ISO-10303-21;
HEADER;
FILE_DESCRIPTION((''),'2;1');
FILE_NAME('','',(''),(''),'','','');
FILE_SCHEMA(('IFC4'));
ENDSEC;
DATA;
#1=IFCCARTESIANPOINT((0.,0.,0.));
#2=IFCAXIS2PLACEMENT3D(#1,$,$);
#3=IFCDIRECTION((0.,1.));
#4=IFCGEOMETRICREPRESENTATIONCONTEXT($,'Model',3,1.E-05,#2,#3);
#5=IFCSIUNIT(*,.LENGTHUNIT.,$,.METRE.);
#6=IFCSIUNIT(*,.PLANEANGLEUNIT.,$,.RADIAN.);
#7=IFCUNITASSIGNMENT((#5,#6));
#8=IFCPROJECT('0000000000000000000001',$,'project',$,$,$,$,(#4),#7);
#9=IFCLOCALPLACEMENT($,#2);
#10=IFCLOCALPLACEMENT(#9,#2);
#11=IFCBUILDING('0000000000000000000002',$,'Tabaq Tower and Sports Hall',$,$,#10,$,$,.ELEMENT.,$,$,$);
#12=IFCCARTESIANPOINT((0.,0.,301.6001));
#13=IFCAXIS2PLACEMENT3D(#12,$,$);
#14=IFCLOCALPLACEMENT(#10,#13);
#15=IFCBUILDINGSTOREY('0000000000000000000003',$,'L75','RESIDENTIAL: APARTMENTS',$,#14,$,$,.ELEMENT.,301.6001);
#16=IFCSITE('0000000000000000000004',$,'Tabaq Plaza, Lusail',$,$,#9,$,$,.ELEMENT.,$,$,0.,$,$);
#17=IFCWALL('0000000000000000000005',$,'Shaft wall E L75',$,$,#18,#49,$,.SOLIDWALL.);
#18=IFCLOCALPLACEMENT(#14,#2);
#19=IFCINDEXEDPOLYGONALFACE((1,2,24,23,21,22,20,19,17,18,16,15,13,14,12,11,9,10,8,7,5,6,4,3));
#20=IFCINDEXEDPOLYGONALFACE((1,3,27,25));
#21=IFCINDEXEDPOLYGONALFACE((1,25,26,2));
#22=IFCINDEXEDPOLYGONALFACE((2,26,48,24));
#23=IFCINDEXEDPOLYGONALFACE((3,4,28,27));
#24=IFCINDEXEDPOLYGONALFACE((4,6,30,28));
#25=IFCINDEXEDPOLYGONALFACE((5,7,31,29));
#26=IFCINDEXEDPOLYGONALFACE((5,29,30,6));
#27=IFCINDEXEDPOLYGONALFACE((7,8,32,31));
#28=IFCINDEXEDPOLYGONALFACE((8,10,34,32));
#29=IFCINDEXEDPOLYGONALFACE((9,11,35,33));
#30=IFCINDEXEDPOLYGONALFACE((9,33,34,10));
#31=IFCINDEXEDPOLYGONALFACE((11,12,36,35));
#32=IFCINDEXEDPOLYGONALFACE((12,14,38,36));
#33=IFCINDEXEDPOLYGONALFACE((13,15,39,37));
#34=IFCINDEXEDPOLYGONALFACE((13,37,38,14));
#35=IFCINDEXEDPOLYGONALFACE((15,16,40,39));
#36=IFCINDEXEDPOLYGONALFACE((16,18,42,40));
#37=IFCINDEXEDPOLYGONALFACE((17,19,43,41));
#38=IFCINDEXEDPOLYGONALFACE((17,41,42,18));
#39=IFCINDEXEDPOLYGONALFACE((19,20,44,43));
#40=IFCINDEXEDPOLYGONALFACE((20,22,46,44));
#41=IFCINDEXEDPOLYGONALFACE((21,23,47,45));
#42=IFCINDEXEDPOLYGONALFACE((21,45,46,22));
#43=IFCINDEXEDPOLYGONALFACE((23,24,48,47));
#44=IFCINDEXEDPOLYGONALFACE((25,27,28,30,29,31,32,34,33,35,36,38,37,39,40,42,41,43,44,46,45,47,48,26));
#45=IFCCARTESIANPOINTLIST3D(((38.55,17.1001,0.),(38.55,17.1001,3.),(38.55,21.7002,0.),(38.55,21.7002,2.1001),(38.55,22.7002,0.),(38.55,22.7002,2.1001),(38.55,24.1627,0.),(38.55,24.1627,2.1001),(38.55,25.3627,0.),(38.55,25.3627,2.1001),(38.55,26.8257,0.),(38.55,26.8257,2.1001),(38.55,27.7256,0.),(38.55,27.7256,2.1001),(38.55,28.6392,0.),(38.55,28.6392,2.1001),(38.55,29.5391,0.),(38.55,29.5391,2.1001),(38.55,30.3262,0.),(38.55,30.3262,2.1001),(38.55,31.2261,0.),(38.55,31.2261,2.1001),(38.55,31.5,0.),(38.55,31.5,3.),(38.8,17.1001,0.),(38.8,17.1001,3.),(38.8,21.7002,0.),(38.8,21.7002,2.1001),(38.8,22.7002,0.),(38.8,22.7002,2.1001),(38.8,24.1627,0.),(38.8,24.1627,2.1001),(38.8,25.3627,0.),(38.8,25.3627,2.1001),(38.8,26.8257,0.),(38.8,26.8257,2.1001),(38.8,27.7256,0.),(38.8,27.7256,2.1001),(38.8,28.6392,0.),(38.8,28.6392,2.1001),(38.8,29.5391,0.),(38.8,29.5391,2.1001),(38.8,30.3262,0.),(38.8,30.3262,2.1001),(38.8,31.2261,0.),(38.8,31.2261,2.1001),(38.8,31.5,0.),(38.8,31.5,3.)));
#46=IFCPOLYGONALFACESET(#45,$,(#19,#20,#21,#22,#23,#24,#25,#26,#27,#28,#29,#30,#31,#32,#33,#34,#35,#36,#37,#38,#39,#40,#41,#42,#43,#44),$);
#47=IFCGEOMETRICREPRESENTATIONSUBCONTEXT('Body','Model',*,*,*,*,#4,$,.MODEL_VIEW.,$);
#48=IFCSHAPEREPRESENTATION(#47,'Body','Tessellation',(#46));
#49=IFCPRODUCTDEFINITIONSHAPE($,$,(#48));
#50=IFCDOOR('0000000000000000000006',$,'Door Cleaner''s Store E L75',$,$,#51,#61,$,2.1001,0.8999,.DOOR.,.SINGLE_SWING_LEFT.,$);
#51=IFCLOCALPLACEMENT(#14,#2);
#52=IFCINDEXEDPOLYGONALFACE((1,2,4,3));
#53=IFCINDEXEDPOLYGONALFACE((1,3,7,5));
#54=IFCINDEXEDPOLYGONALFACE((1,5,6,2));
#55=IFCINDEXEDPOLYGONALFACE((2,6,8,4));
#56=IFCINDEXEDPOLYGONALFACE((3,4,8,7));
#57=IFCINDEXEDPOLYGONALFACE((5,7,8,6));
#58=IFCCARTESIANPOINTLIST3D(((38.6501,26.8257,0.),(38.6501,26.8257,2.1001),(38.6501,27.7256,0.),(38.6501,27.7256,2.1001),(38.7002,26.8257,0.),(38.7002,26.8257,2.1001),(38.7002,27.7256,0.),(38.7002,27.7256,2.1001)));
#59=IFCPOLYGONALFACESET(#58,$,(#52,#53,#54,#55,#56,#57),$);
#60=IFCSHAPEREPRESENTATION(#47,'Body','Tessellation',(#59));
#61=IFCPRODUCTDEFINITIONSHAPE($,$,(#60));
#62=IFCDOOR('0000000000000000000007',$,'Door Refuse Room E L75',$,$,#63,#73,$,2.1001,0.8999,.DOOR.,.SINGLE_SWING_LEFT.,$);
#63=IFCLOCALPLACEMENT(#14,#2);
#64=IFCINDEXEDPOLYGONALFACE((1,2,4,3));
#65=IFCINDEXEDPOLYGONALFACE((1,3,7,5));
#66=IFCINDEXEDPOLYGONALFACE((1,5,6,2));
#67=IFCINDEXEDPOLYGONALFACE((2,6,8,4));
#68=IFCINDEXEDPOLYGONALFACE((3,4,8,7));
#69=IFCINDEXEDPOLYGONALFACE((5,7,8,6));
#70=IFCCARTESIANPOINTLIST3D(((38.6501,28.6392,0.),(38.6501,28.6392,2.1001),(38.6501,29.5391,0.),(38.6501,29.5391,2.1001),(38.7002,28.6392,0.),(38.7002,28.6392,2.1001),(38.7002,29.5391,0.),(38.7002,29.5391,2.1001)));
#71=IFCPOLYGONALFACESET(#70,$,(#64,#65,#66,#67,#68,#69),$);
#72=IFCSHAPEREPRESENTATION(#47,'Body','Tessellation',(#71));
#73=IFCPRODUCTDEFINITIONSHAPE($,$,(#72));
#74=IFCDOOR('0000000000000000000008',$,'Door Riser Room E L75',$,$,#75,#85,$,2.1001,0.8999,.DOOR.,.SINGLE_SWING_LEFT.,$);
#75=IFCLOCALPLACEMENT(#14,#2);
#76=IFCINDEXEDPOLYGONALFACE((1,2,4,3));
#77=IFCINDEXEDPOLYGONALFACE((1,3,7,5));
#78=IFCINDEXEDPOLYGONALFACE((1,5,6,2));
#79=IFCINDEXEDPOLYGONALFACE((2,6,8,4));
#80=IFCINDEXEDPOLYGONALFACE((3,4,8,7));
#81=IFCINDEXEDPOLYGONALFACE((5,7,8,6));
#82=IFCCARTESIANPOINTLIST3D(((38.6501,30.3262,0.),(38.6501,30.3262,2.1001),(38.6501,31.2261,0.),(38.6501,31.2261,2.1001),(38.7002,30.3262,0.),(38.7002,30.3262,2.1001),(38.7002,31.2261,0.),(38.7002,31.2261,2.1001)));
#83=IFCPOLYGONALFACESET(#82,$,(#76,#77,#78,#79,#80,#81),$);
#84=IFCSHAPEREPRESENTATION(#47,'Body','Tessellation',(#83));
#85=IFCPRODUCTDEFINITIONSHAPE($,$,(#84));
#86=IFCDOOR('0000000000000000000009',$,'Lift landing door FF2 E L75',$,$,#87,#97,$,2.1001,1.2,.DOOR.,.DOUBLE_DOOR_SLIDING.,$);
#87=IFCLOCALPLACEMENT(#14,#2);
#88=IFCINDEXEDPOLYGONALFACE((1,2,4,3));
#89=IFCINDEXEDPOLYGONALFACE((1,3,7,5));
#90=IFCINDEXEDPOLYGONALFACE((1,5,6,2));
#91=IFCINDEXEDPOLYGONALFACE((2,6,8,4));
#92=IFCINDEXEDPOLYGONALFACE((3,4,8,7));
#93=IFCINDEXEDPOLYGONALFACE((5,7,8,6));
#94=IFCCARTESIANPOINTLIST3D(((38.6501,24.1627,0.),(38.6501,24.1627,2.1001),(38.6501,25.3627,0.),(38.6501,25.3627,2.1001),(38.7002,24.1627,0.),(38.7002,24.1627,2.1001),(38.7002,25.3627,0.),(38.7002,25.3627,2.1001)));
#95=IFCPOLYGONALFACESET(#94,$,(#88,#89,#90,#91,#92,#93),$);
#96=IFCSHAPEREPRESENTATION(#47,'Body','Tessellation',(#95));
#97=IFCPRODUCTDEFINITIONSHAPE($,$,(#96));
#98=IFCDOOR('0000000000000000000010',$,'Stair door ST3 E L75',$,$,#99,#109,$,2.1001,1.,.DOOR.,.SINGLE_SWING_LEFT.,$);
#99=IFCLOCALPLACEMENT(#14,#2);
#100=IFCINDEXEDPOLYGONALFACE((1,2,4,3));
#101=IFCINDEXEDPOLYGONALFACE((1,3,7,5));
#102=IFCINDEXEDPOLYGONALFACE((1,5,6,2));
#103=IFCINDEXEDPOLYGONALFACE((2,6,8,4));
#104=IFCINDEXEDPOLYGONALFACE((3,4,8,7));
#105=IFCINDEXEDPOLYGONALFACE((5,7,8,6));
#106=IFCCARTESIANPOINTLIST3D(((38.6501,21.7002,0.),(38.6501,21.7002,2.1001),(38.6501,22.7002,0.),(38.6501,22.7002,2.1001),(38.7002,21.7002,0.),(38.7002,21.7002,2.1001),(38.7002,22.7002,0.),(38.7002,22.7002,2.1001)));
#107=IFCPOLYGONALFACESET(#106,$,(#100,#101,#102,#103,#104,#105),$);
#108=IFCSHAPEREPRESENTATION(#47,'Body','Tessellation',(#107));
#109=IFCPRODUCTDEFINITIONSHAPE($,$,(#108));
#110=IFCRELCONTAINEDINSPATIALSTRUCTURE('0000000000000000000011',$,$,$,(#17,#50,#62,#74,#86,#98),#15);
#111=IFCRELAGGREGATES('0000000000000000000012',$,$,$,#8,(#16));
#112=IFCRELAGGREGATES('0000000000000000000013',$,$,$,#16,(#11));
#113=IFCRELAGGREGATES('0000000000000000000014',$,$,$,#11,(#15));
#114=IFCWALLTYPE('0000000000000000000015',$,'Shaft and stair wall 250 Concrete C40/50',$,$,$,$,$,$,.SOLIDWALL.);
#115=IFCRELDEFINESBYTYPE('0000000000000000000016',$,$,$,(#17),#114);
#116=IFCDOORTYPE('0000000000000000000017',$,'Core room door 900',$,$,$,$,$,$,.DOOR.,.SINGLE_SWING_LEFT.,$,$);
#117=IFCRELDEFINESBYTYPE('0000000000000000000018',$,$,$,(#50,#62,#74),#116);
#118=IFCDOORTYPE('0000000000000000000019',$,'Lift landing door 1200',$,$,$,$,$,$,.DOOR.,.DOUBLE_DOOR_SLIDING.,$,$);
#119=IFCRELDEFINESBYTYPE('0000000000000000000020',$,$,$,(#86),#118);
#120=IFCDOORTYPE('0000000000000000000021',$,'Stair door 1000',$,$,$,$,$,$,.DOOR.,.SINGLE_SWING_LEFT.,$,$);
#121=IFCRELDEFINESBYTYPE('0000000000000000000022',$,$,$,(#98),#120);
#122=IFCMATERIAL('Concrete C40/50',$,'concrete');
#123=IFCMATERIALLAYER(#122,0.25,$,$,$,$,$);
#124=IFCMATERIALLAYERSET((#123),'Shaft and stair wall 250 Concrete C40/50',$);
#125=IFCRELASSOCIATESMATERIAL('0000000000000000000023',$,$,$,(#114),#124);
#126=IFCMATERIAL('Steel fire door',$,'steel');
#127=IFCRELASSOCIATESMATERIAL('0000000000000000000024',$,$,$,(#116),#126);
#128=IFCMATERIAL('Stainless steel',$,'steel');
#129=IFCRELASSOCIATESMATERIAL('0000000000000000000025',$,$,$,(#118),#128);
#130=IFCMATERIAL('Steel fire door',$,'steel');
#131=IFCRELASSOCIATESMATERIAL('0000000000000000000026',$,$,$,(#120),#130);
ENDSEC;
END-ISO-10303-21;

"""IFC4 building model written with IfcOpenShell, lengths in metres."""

from ifc_helpers import new_model, si_unit, direction, frame, frame_2d, origin, place, context, subcontext, project, spatial, rectangle, extrude, material, layer, layer_set, type_object, element, fill, save


model = new_model("IFC4")

# Units and contexts
model_context = context("Model", 3, precision=1e-05, world=origin(), true_north=direction((0.0, 1.0)))
body_context = subcontext(model_context, "Body", "Model", "MODEL_VIEW")
ifc_project = project(units=[si_unit("LENGTHUNIT", "METRE"), si_unit("PLANEANGLEUNIT", "RADIAN")], contexts=[model_context])

# Site, building, storey
site_placement = place(None, origin())
site = spatial("IfcSite", under=ifc_project, at=site_placement, Name="Tabaq Plaza, Lusail", CompositionType="ELEMENT", RefElevation=0.0)
building_placement = place(site_placement, origin())
building = spatial("IfcBuilding", under=site, at=building_placement, Name="Tabaq Tower and Sports Hall", CompositionType="ELEMENT")
storey_placement = place(building_placement, frame((0.0, 0.0, 301.6001)))
storey = spatial("IfcBuildingStorey", under=building, at=storey_placement, Name="L75", Description="RESIDENTIAL: APARTMENTS", CompositionType="ELEMENT", Elevation=301.6001)

# Wall, openings, doors
ifc_material_1 = material(Name="Concrete C40/50", Category="concrete")
ifc_layer_1 = layer(ifc_material_1, 0.25)
ifc_layer_set_1 = layer_set([ifc_layer_1], Name="Shaft and stair wall 250 Concrete C40/50")
wall_type_1 = type_object("IfcWallType", Name="Shaft and stair wall 250 Concrete C40/50", PredefinedType="SOLIDWALL", material=ifc_layer_set_1)
wall_1_placement = place(storey_placement, frame((38.675, 17.1001, 0.0), z_axis=(0.0, 0.0, 1.0), x_axis=(0.0, 1.0, 0.0)))
wall_1 = element("IfcWall", 1, at=wall_1_placement, inside=storey, type_object=wall_type_1, Name="Shaft wall E L75", PredefinedType="SOLIDWALL", context=body_context, shape_type="SweptSolid", body=[
    extrude(rectangle(XDim=14.3999, YDim=0.25, at=frame_2d((7.2, 0.0))), origin(), (0.0, 0.0, 1.0), 3.0),
])
opening_1_placement = place(wall_1_placement, frame((4.6001, 0.0, 0.0)))
opening_1 = element("IfcOpeningElement", 2, at=opening_1_placement, cuts=wall_1, PredefinedType="OPENING", context=body_context, shape_type="SweptSolid", body=[
    extrude(rectangle(XDim=1.0, YDim=2.1001, at=frame_2d((0.5, 1.05))), frame((0.0, 0.125, 0.0), z_axis=(0.0, -1.0, 0.0), x_axis=(1.0, 0.0, 0.0)), (0.0, 0.0, 1.0), 0.25),
])
opening_2_placement = place(wall_1_placement, frame((7.0625, 0.0, 0.0)))
opening_2 = element("IfcOpeningElement", 3, at=opening_2_placement, cuts=wall_1, PredefinedType="OPENING", context=body_context, shape_type="SweptSolid", body=[
    extrude(rectangle(XDim=1.2, YDim=2.1001, at=frame_2d((0.6001, 1.05))), frame((0.0, 0.125, 0.0), z_axis=(0.0, -1.0, 0.0), x_axis=(1.0, 0.0, 0.0)), (0.0, 0.0, 1.0), 0.25),
])
opening_3_placement = place(wall_1_placement, frame((9.7256, 0.0, 0.0)))
opening_3 = element("IfcOpeningElement", 4, at=opening_3_placement, cuts=wall_1, PredefinedType="OPENING", context=body_context, shape_type="SweptSolid", body=[
    extrude(rectangle(XDim=0.8999, YDim=2.1001, at=frame_2d((0.45, 1.05))), frame((0.0, 0.125, 0.0), z_axis=(0.0, -1.0, 0.0), x_axis=(1.0, 0.0, 0.0)), (0.0, 0.0, 1.0), 0.25),
])
opening_4_placement = place(wall_1_placement, frame((11.5391, 0.0, 0.0)))
opening_4 = element("IfcOpeningElement", 5, at=opening_4_placement, cuts=wall_1, PredefinedType="OPENING", context=body_context, shape_type="SweptSolid", body=[
    extrude(rectangle(XDim=0.8999, YDim=2.1001, at=frame_2d((0.45, 1.05))), frame((0.0, 0.125, 0.0), z_axis=(0.0, -1.0, 0.0), x_axis=(1.0, 0.0, 0.0)), (0.0, 0.0, 1.0), 0.25),
])
opening_5_placement = place(wall_1_placement, frame((13.2261, 0.0, 0.0)))
opening_5 = element("IfcOpeningElement", 6, at=opening_5_placement, cuts=wall_1, PredefinedType="OPENING", context=body_context, shape_type="SweptSolid", body=[
    extrude(rectangle(XDim=0.8999, YDim=2.1001, at=frame_2d((0.45, 1.05))), frame((0.0, 0.125, 0.0), z_axis=(0.0, -1.0, 0.0), x_axis=(1.0, 0.0, 0.0)), (0.0, 0.0, 1.0), 0.25),
])
ifc_material_2 = material(Name="Steel fire door", Category="steel")
door_type_1 = type_object("IfcDoorType", Name="Core room door 900", OperationType="SINGLE_SWING_LEFT", PredefinedType="DOOR", material=ifc_material_2)
door_1_placement = place(opening_3_placement, origin())
door_1 = element("IfcDoor", 7, at=door_1_placement, inside=storey, type_object=door_type_1, Name="Door Cleaner's Store E L75", OperationType="SINGLE_SWING_LEFT", OverallHeight=2.1001, OverallWidth=0.8999, PredefinedType="DOOR", context=body_context, shape_type="SweptSolid", body=[
    extrude(rectangle(XDim=0.8999, YDim=2.1001, at=frame_2d((0.45, 1.05))), frame((0.0, 0.0249, 0.0), z_axis=(0.0, -1.0, 0.0), x_axis=(1.0, 0.0, 0.0)), (0.0, 0.0, 1.0), 0.05),
])
fill(opening_3, door_1)
door_2_placement = place(opening_4_placement, origin())
door_2 = element("IfcDoor", 8, at=door_2_placement, inside=storey, type_object=door_type_1, Name="Door Refuse Room E L75", OperationType="SINGLE_SWING_LEFT", OverallHeight=2.1001, OverallWidth=0.8999, PredefinedType="DOOR", context=body_context, shape_type="SweptSolid", body=[
    extrude(rectangle(XDim=0.8999, YDim=2.1001, at=frame_2d((0.45, 1.05))), frame((0.0, 0.0249, 0.0), z_axis=(0.0, -1.0, 0.0), x_axis=(1.0, 0.0, 0.0)), (0.0, 0.0, 1.0), 0.05),
])
fill(opening_4, door_2)
door_3_placement = place(opening_5_placement, origin())
door_3 = element("IfcDoor", 9, at=door_3_placement, inside=storey, type_object=door_type_1, Name="Door Riser Room E L75", OperationType="SINGLE_SWING_LEFT", OverallHeight=2.1001, OverallWidth=0.8999, PredefinedType="DOOR", context=body_context, shape_type="SweptSolid", body=[
    extrude(rectangle(XDim=0.8999, YDim=2.1001, at=frame_2d((0.45, 1.05))), frame((0.0, 0.0249, 0.0), z_axis=(0.0, -1.0, 0.0), x_axis=(1.0, 0.0, 0.0)), (0.0, 0.0, 1.0), 0.05),
])
fill(opening_5, door_3)
ifc_material_3 = material(Name="Stainless steel", Category="steel")
door_type_2 = type_object("IfcDoorType", Name="Lift landing door 1200", OperationType="DOUBLE_DOOR_SLIDING", PredefinedType="DOOR", material=ifc_material_3)
door_4_placement = place(opening_2_placement, origin())
door_4 = element("IfcDoor", 10, at=door_4_placement, inside=storey, type_object=door_type_2, Name="Lift landing door FF2 E L75", OperationType="DOUBLE_DOOR_SLIDING", OverallHeight=2.1001, OverallWidth=1.2, PredefinedType="DOOR", context=body_context, shape_type="SweptSolid", body=[
    extrude(rectangle(XDim=1.2, YDim=2.1001, at=frame_2d((0.6001, 1.05))), frame((0.0, 0.0249, 0.0), z_axis=(0.0, -1.0, 0.0), x_axis=(1.0, 0.0, 0.0)), (0.0, 0.0, 1.0), 0.05),
])
fill(opening_2, door_4)
ifc_material_4 = material(Name="Steel fire door", Category="steel")
door_type_3 = type_object("IfcDoorType", Name="Stair door 1000", OperationType="SINGLE_SWING_LEFT", PredefinedType="DOOR", material=ifc_material_4)
door_5_placement = place(opening_1_placement, origin())
door_5 = element("IfcDoor", 11, at=door_5_placement, inside=storey, type_object=door_type_3, Name="Stair door ST3 E L75", OperationType="SINGLE_SWING_LEFT", OverallHeight=2.1001, OverallWidth=1.0, PredefinedType="DOOR", context=body_context, shape_type="SweptSolid", body=[
    extrude(rectangle(XDim=1.0, YDim=2.1001, at=frame_2d((0.5, 1.05))), frame((0.0, 0.0249, 0.0), z_axis=(0.0, -1.0, 0.0), x_axis=(1.0, 0.0, 0.0)), (0.0, 0.0, 1.0), 0.05),
])
fill(opening_1, door_5)

save(model, "model.ifc")
